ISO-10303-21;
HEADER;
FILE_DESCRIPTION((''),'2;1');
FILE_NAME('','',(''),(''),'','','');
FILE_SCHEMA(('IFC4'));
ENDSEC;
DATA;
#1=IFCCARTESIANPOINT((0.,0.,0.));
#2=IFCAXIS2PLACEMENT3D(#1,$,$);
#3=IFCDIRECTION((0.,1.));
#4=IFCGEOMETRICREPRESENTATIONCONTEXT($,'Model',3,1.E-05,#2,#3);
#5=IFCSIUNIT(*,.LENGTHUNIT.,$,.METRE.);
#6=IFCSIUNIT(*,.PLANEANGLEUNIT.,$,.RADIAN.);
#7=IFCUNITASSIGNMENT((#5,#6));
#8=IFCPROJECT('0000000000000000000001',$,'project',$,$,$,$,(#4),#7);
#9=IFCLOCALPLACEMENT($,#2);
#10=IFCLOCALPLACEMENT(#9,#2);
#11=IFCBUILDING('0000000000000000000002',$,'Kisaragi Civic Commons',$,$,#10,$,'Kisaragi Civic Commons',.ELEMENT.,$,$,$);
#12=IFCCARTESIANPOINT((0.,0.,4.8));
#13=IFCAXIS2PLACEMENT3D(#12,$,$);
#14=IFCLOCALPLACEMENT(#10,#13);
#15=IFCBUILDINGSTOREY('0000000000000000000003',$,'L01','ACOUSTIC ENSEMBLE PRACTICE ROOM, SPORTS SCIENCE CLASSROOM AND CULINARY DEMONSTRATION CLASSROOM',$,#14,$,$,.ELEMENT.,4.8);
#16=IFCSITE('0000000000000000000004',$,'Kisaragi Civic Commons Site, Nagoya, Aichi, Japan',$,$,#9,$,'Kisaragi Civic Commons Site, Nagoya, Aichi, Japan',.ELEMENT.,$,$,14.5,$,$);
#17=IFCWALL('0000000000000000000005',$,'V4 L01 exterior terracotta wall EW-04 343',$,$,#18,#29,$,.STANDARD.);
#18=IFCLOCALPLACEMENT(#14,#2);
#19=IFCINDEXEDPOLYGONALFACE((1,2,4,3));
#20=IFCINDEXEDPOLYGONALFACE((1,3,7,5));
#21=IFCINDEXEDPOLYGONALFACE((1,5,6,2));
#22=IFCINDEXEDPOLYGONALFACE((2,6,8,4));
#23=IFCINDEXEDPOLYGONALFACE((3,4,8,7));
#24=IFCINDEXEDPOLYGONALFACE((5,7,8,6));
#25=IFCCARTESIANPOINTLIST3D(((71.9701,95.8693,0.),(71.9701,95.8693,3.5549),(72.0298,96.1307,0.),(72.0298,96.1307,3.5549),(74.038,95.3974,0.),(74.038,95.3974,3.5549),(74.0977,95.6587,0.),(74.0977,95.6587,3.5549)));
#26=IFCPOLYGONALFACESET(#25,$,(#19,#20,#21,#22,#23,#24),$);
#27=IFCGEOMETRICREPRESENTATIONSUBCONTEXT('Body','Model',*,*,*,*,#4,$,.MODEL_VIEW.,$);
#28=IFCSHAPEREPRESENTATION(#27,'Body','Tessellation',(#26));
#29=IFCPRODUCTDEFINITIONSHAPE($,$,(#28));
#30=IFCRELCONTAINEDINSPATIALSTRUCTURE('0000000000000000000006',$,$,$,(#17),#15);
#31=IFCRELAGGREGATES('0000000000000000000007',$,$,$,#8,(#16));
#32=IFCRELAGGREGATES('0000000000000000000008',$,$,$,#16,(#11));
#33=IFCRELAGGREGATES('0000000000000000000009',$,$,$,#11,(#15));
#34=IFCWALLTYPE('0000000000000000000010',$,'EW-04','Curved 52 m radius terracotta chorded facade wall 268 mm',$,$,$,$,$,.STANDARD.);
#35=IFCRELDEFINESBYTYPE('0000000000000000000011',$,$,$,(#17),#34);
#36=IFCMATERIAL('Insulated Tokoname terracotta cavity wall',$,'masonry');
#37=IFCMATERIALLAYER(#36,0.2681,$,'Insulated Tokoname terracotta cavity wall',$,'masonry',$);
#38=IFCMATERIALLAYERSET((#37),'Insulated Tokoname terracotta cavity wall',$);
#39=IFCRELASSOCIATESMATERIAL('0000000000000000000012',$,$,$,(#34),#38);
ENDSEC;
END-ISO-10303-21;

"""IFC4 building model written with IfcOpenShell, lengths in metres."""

from ifc_helpers import new_model, si_unit, direction, frame, frame_2d, origin, place, context, subcontext, project, spatial, rectangle, extrude, material, layer, layer_set, type_object, element, save


model = new_model("IFC4")

# Units and contexts
model_context = context("Model", 3, precision=1e-05, world=origin(), true_north=direction((0.0, 1.0)))
body_context = subcontext(model_context, "Body", "Model", "MODEL_VIEW")
ifc_project = project(units=[si_unit("LENGTHUNIT", "METRE"), si_unit("PLANEANGLEUNIT", "RADIAN")], contexts=[model_context])

# Site, building, storey
site_placement = place(None, origin())
site = spatial("IfcSite", under=ifc_project, at=site_placement, Name="Kisaragi Civic Commons Site, Nagoya, Aichi, Japan", LongName="Kisaragi Civic Commons Site, Nagoya, Aichi, Japan", CompositionType="ELEMENT", RefElevation=14.5)
building_placement = place(site_placement, origin())
building = spatial("IfcBuilding", under=site, at=building_placement, Name="Kisaragi Civic Commons", LongName="Kisaragi Civic Commons", CompositionType="ELEMENT")
storey_placement = place(building_placement, frame((0.0, 0.0, 4.8)))
storey = spatial("IfcBuildingStorey", under=building, at=storey_placement, Name="L01", Description="ACOUSTIC ENSEMBLE PRACTICE ROOM, SPORTS SCIENCE CLASSROOM AND CULINARY DEMONSTRATION CLASSROOM", CompositionType="ELEMENT", Elevation=4.8)

# Shared definitions
ifc_material_1 = material(Name="Insulated Tokoname terracotta cavity wall", Category="masonry")
ifc_layer_1 = layer(ifc_material_1, 0.2681, Name="Insulated Tokoname terracotta cavity wall", Category="masonry")
ifc_layer_set_1 = layer_set([ifc_layer_1], Name="Insulated Tokoname terracotta cavity wall")
wall_type = type_object("IfcWallType", Name="EW-04", Description="Curved 52 m radius terracotta chorded facade wall 268 mm", PredefinedType="STANDARD", material=ifc_layer_set_1)

# Wall
wall_1_placement = place(storey_placement, frame((74.0679, 95.5281, 0.0), z_axis=(0.0, 0.0, 1.0), x_axis=(-0.974933, 0.222497, 0.0)))
element("IfcWall", 1, at=wall_1_placement, inside=storey, type_object=wall_type, Name="V4 L01 exterior terracotta wall EW-04 343", PredefinedType="STANDARD", context=body_context, shape_type="SweptSolid", body=[
    extrude(rectangle(XDim=2.1211, YDim=0.2681, at=frame_2d((1.0605, 0.0))), origin(), (0.0, 0.0, 1.0), 3.5549),
])

save(model, "model.ifc")
